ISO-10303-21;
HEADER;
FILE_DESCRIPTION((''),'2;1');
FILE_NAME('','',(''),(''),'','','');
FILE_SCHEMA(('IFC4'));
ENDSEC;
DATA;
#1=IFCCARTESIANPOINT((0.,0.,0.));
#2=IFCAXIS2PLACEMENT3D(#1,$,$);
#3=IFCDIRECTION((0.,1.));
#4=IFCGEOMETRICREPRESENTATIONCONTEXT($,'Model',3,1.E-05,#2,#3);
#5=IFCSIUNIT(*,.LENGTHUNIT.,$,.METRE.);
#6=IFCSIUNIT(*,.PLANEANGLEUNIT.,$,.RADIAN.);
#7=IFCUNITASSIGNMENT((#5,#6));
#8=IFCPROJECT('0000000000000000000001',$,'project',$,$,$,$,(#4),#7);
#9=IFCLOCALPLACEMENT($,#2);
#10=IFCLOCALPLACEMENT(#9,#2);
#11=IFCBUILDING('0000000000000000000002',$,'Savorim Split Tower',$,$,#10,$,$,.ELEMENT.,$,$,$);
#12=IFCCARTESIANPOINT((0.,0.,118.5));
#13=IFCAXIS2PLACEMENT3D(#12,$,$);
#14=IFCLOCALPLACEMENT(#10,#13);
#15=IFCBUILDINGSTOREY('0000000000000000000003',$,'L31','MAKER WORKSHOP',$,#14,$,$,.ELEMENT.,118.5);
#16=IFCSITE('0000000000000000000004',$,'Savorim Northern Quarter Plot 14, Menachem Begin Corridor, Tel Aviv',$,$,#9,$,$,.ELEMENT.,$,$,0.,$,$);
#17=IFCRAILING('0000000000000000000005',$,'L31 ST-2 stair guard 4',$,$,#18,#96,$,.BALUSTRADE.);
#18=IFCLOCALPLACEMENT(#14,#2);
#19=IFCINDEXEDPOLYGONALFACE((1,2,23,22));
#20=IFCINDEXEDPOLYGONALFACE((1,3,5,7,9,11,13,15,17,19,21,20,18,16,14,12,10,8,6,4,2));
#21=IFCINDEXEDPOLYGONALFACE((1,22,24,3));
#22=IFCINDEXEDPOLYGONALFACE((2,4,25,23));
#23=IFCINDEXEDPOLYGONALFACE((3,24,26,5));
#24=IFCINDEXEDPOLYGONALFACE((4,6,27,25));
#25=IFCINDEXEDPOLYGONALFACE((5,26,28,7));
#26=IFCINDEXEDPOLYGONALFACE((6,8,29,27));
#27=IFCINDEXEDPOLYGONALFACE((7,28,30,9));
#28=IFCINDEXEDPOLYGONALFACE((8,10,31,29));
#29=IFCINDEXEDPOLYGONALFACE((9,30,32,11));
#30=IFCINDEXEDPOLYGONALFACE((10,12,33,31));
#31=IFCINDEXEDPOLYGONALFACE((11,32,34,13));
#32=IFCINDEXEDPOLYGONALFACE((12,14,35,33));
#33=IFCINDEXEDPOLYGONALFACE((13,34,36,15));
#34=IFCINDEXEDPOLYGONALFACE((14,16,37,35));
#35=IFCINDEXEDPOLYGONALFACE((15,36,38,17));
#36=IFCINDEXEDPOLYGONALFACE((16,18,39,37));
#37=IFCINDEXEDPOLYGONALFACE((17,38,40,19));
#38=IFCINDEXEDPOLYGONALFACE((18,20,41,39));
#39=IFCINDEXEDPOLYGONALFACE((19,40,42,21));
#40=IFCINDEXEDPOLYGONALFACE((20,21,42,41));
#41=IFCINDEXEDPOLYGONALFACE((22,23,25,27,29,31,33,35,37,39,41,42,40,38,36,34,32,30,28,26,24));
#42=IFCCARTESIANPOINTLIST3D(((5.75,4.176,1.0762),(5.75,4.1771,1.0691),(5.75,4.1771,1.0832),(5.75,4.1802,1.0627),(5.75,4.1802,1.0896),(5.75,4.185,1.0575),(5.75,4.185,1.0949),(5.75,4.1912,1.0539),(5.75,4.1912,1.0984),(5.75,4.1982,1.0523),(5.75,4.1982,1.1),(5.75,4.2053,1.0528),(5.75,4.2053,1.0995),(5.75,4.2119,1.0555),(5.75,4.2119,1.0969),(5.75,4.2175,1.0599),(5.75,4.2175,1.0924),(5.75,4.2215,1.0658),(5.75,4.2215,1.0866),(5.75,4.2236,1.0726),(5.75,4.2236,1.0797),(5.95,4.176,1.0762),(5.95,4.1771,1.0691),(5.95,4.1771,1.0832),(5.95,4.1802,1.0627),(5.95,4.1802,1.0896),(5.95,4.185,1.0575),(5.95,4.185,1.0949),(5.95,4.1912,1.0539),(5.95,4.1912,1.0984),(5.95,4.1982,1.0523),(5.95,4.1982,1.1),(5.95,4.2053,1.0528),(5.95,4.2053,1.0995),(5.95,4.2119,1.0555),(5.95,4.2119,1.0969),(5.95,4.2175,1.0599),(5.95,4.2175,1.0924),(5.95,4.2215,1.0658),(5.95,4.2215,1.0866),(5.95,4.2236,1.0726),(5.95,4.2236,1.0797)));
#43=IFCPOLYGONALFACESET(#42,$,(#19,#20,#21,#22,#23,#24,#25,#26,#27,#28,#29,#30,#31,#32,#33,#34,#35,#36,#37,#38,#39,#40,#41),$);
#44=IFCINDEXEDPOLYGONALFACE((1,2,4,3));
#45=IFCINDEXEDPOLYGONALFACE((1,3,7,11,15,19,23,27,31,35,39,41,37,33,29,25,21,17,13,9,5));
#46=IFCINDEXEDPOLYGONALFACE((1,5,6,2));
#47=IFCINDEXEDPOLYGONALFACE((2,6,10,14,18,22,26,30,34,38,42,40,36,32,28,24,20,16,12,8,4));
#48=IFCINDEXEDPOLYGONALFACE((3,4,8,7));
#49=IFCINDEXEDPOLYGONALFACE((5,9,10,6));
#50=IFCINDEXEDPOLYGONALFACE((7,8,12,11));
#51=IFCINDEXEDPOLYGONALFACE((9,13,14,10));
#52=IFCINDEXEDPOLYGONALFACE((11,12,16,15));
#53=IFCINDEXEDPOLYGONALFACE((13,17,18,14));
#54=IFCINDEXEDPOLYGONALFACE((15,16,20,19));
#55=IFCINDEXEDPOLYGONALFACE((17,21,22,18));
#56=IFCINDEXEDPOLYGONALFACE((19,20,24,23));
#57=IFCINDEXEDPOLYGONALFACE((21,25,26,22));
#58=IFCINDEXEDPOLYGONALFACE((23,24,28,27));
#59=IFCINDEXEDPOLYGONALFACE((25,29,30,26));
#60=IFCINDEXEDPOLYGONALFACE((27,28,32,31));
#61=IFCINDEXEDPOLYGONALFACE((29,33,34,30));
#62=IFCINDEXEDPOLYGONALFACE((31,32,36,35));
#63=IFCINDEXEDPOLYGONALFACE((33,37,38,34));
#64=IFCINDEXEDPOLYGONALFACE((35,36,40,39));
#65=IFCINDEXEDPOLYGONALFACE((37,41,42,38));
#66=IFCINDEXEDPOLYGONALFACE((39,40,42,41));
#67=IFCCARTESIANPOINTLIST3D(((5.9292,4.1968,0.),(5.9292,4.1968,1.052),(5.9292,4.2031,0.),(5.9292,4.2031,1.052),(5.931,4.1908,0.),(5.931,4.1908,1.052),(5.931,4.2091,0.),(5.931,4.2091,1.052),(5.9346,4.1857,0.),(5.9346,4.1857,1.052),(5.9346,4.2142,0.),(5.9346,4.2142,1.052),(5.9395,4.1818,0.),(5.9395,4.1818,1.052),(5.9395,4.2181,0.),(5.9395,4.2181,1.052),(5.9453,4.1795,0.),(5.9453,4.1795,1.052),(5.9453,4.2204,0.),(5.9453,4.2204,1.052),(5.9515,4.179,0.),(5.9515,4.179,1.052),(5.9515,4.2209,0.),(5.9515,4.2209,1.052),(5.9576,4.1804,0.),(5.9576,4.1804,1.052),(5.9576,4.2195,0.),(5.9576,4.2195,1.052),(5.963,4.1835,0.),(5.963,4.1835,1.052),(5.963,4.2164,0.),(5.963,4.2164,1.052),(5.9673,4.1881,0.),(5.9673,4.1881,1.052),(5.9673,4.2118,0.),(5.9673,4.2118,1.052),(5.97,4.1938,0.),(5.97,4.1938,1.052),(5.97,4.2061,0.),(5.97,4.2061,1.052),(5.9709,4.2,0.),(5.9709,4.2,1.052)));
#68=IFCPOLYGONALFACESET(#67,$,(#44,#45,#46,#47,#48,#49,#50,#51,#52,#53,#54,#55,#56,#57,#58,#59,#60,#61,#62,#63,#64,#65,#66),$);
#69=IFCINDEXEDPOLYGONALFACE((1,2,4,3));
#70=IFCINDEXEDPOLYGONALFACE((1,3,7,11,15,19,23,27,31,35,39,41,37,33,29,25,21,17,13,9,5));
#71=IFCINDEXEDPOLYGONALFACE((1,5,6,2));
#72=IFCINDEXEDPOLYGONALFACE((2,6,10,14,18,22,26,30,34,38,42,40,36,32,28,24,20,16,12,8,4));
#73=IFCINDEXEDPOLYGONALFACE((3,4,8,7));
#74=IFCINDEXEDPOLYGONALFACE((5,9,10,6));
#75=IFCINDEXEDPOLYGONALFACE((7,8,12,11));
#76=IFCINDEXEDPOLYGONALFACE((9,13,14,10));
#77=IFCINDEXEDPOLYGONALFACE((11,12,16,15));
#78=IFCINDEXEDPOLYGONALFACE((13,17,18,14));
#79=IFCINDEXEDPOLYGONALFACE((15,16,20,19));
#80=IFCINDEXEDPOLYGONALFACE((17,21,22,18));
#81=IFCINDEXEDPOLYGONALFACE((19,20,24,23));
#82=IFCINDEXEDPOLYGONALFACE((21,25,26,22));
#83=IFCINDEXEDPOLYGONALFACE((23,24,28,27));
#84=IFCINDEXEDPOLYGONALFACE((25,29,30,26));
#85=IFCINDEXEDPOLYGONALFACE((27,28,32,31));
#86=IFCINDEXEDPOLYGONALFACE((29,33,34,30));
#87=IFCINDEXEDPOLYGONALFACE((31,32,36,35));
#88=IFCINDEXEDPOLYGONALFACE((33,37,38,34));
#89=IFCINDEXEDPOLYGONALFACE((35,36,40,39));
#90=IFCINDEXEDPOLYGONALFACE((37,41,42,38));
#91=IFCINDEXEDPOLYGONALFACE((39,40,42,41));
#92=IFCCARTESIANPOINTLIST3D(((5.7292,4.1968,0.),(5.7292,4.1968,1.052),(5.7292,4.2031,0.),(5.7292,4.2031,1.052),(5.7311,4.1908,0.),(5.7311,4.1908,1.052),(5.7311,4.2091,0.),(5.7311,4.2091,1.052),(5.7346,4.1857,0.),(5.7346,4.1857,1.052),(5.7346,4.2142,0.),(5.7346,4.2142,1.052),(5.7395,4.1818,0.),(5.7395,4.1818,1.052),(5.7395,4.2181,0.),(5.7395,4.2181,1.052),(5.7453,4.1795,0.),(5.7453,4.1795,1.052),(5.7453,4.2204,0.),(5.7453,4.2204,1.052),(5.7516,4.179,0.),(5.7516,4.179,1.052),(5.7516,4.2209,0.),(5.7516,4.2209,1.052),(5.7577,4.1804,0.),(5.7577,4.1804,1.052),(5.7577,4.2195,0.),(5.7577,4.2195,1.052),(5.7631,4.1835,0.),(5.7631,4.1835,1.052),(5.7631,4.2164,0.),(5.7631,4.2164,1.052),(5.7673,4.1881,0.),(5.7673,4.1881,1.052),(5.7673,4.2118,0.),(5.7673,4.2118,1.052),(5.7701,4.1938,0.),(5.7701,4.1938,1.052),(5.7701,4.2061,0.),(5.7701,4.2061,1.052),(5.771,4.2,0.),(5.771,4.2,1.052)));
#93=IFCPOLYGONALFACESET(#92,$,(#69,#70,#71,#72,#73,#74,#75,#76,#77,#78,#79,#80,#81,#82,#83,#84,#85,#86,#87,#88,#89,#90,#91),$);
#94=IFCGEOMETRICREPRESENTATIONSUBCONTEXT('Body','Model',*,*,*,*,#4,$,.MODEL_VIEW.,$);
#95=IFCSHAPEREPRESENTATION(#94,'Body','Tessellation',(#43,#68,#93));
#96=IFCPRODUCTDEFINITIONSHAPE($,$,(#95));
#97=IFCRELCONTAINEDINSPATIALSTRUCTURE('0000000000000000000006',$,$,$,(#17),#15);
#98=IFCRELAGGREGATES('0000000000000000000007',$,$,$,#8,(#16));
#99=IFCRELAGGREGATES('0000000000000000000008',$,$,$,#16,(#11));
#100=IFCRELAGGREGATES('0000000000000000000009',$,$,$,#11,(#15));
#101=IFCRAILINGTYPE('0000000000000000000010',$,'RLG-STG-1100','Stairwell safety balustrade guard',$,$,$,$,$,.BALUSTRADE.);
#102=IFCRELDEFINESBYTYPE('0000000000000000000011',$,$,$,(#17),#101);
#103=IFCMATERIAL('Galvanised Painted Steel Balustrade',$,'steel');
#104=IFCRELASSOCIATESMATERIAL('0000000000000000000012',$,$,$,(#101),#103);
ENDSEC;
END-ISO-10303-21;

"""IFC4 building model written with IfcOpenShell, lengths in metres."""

from ifc_helpers import new_model, si_unit, direction, frame, origin, origin_2d, place, context, subcontext, project, spatial, circle, extrude, material, type_object, element, save


model = new_model("IFC4")

# Units and contexts
model_context = context("Model", 3, precision=1e-05, world=origin(), true_north=direction((0.0, 1.0)))
body_context = subcontext(model_context, "Body", "Model", "MODEL_VIEW")
ifc_project = project(units=[si_unit("LENGTHUNIT", "METRE"), si_unit("PLANEANGLEUNIT", "RADIAN")], contexts=[model_context])

# Site, building, storey
site_placement = place(None, origin())
site = spatial("IfcSite", under=ifc_project, at=site_placement, Name="Savorim Northern Quarter Plot 14, Menachem Begin Corridor, Tel Aviv", CompositionType="ELEMENT", RefElevation=0.0)
building_placement = place(site_placement, origin())
building = spatial("IfcBuilding", under=site, at=building_placement, Name="Savorim Split Tower", CompositionType="ELEMENT")
storey_placement = place(building_placement, frame((0.0, 0.0, 118.5)))
storey = spatial("IfcBuildingStorey", under=building, at=storey_placement, Name="L31", Description="MAKER WORKSHOP", CompositionType="ELEMENT", Elevation=118.5)

# Railing
ifc_material_1 = material(Name="Galvanised Painted Steel Balustrade", Category="steel")
railing_type_1 = type_object("IfcRailingType", Name="RLG-STG-1100", Description="Stairwell safety balustrade guard", PredefinedType="BALUSTRADE", material=ifc_material_1)
railing_1_placement = place(storey_placement, frame((5.95, 4.2, 0.0)))
element("IfcRailing", 1, at=railing_1_placement, inside=storey, type_object=railing_type_1, Name="L31 ST-2 stair guard 4", PredefinedType="BALUSTRADE", context=body_context, shape_type="SweptSolid", body=[
    extrude(circle(Radius=0.0239, at=origin_2d()), frame((0.0, 0.0, 1.0762), z_axis=(-1.0, 0.0, 0.0), x_axis=(0.0, -1.0, 0.0)), (0.0, 0.0, 1.0), 0.2),
    extrude(circle(Radius=0.021, at=origin_2d()), origin(), (0.0, 0.0, 1.0), 1.052),
    extrude(circle(Radius=0.021, at=origin_2d()), frame((-0.2, 0.0, 0.0)), (0.0, 0.0, 1.0), 1.052),
])

save(model, "model.ifc")
